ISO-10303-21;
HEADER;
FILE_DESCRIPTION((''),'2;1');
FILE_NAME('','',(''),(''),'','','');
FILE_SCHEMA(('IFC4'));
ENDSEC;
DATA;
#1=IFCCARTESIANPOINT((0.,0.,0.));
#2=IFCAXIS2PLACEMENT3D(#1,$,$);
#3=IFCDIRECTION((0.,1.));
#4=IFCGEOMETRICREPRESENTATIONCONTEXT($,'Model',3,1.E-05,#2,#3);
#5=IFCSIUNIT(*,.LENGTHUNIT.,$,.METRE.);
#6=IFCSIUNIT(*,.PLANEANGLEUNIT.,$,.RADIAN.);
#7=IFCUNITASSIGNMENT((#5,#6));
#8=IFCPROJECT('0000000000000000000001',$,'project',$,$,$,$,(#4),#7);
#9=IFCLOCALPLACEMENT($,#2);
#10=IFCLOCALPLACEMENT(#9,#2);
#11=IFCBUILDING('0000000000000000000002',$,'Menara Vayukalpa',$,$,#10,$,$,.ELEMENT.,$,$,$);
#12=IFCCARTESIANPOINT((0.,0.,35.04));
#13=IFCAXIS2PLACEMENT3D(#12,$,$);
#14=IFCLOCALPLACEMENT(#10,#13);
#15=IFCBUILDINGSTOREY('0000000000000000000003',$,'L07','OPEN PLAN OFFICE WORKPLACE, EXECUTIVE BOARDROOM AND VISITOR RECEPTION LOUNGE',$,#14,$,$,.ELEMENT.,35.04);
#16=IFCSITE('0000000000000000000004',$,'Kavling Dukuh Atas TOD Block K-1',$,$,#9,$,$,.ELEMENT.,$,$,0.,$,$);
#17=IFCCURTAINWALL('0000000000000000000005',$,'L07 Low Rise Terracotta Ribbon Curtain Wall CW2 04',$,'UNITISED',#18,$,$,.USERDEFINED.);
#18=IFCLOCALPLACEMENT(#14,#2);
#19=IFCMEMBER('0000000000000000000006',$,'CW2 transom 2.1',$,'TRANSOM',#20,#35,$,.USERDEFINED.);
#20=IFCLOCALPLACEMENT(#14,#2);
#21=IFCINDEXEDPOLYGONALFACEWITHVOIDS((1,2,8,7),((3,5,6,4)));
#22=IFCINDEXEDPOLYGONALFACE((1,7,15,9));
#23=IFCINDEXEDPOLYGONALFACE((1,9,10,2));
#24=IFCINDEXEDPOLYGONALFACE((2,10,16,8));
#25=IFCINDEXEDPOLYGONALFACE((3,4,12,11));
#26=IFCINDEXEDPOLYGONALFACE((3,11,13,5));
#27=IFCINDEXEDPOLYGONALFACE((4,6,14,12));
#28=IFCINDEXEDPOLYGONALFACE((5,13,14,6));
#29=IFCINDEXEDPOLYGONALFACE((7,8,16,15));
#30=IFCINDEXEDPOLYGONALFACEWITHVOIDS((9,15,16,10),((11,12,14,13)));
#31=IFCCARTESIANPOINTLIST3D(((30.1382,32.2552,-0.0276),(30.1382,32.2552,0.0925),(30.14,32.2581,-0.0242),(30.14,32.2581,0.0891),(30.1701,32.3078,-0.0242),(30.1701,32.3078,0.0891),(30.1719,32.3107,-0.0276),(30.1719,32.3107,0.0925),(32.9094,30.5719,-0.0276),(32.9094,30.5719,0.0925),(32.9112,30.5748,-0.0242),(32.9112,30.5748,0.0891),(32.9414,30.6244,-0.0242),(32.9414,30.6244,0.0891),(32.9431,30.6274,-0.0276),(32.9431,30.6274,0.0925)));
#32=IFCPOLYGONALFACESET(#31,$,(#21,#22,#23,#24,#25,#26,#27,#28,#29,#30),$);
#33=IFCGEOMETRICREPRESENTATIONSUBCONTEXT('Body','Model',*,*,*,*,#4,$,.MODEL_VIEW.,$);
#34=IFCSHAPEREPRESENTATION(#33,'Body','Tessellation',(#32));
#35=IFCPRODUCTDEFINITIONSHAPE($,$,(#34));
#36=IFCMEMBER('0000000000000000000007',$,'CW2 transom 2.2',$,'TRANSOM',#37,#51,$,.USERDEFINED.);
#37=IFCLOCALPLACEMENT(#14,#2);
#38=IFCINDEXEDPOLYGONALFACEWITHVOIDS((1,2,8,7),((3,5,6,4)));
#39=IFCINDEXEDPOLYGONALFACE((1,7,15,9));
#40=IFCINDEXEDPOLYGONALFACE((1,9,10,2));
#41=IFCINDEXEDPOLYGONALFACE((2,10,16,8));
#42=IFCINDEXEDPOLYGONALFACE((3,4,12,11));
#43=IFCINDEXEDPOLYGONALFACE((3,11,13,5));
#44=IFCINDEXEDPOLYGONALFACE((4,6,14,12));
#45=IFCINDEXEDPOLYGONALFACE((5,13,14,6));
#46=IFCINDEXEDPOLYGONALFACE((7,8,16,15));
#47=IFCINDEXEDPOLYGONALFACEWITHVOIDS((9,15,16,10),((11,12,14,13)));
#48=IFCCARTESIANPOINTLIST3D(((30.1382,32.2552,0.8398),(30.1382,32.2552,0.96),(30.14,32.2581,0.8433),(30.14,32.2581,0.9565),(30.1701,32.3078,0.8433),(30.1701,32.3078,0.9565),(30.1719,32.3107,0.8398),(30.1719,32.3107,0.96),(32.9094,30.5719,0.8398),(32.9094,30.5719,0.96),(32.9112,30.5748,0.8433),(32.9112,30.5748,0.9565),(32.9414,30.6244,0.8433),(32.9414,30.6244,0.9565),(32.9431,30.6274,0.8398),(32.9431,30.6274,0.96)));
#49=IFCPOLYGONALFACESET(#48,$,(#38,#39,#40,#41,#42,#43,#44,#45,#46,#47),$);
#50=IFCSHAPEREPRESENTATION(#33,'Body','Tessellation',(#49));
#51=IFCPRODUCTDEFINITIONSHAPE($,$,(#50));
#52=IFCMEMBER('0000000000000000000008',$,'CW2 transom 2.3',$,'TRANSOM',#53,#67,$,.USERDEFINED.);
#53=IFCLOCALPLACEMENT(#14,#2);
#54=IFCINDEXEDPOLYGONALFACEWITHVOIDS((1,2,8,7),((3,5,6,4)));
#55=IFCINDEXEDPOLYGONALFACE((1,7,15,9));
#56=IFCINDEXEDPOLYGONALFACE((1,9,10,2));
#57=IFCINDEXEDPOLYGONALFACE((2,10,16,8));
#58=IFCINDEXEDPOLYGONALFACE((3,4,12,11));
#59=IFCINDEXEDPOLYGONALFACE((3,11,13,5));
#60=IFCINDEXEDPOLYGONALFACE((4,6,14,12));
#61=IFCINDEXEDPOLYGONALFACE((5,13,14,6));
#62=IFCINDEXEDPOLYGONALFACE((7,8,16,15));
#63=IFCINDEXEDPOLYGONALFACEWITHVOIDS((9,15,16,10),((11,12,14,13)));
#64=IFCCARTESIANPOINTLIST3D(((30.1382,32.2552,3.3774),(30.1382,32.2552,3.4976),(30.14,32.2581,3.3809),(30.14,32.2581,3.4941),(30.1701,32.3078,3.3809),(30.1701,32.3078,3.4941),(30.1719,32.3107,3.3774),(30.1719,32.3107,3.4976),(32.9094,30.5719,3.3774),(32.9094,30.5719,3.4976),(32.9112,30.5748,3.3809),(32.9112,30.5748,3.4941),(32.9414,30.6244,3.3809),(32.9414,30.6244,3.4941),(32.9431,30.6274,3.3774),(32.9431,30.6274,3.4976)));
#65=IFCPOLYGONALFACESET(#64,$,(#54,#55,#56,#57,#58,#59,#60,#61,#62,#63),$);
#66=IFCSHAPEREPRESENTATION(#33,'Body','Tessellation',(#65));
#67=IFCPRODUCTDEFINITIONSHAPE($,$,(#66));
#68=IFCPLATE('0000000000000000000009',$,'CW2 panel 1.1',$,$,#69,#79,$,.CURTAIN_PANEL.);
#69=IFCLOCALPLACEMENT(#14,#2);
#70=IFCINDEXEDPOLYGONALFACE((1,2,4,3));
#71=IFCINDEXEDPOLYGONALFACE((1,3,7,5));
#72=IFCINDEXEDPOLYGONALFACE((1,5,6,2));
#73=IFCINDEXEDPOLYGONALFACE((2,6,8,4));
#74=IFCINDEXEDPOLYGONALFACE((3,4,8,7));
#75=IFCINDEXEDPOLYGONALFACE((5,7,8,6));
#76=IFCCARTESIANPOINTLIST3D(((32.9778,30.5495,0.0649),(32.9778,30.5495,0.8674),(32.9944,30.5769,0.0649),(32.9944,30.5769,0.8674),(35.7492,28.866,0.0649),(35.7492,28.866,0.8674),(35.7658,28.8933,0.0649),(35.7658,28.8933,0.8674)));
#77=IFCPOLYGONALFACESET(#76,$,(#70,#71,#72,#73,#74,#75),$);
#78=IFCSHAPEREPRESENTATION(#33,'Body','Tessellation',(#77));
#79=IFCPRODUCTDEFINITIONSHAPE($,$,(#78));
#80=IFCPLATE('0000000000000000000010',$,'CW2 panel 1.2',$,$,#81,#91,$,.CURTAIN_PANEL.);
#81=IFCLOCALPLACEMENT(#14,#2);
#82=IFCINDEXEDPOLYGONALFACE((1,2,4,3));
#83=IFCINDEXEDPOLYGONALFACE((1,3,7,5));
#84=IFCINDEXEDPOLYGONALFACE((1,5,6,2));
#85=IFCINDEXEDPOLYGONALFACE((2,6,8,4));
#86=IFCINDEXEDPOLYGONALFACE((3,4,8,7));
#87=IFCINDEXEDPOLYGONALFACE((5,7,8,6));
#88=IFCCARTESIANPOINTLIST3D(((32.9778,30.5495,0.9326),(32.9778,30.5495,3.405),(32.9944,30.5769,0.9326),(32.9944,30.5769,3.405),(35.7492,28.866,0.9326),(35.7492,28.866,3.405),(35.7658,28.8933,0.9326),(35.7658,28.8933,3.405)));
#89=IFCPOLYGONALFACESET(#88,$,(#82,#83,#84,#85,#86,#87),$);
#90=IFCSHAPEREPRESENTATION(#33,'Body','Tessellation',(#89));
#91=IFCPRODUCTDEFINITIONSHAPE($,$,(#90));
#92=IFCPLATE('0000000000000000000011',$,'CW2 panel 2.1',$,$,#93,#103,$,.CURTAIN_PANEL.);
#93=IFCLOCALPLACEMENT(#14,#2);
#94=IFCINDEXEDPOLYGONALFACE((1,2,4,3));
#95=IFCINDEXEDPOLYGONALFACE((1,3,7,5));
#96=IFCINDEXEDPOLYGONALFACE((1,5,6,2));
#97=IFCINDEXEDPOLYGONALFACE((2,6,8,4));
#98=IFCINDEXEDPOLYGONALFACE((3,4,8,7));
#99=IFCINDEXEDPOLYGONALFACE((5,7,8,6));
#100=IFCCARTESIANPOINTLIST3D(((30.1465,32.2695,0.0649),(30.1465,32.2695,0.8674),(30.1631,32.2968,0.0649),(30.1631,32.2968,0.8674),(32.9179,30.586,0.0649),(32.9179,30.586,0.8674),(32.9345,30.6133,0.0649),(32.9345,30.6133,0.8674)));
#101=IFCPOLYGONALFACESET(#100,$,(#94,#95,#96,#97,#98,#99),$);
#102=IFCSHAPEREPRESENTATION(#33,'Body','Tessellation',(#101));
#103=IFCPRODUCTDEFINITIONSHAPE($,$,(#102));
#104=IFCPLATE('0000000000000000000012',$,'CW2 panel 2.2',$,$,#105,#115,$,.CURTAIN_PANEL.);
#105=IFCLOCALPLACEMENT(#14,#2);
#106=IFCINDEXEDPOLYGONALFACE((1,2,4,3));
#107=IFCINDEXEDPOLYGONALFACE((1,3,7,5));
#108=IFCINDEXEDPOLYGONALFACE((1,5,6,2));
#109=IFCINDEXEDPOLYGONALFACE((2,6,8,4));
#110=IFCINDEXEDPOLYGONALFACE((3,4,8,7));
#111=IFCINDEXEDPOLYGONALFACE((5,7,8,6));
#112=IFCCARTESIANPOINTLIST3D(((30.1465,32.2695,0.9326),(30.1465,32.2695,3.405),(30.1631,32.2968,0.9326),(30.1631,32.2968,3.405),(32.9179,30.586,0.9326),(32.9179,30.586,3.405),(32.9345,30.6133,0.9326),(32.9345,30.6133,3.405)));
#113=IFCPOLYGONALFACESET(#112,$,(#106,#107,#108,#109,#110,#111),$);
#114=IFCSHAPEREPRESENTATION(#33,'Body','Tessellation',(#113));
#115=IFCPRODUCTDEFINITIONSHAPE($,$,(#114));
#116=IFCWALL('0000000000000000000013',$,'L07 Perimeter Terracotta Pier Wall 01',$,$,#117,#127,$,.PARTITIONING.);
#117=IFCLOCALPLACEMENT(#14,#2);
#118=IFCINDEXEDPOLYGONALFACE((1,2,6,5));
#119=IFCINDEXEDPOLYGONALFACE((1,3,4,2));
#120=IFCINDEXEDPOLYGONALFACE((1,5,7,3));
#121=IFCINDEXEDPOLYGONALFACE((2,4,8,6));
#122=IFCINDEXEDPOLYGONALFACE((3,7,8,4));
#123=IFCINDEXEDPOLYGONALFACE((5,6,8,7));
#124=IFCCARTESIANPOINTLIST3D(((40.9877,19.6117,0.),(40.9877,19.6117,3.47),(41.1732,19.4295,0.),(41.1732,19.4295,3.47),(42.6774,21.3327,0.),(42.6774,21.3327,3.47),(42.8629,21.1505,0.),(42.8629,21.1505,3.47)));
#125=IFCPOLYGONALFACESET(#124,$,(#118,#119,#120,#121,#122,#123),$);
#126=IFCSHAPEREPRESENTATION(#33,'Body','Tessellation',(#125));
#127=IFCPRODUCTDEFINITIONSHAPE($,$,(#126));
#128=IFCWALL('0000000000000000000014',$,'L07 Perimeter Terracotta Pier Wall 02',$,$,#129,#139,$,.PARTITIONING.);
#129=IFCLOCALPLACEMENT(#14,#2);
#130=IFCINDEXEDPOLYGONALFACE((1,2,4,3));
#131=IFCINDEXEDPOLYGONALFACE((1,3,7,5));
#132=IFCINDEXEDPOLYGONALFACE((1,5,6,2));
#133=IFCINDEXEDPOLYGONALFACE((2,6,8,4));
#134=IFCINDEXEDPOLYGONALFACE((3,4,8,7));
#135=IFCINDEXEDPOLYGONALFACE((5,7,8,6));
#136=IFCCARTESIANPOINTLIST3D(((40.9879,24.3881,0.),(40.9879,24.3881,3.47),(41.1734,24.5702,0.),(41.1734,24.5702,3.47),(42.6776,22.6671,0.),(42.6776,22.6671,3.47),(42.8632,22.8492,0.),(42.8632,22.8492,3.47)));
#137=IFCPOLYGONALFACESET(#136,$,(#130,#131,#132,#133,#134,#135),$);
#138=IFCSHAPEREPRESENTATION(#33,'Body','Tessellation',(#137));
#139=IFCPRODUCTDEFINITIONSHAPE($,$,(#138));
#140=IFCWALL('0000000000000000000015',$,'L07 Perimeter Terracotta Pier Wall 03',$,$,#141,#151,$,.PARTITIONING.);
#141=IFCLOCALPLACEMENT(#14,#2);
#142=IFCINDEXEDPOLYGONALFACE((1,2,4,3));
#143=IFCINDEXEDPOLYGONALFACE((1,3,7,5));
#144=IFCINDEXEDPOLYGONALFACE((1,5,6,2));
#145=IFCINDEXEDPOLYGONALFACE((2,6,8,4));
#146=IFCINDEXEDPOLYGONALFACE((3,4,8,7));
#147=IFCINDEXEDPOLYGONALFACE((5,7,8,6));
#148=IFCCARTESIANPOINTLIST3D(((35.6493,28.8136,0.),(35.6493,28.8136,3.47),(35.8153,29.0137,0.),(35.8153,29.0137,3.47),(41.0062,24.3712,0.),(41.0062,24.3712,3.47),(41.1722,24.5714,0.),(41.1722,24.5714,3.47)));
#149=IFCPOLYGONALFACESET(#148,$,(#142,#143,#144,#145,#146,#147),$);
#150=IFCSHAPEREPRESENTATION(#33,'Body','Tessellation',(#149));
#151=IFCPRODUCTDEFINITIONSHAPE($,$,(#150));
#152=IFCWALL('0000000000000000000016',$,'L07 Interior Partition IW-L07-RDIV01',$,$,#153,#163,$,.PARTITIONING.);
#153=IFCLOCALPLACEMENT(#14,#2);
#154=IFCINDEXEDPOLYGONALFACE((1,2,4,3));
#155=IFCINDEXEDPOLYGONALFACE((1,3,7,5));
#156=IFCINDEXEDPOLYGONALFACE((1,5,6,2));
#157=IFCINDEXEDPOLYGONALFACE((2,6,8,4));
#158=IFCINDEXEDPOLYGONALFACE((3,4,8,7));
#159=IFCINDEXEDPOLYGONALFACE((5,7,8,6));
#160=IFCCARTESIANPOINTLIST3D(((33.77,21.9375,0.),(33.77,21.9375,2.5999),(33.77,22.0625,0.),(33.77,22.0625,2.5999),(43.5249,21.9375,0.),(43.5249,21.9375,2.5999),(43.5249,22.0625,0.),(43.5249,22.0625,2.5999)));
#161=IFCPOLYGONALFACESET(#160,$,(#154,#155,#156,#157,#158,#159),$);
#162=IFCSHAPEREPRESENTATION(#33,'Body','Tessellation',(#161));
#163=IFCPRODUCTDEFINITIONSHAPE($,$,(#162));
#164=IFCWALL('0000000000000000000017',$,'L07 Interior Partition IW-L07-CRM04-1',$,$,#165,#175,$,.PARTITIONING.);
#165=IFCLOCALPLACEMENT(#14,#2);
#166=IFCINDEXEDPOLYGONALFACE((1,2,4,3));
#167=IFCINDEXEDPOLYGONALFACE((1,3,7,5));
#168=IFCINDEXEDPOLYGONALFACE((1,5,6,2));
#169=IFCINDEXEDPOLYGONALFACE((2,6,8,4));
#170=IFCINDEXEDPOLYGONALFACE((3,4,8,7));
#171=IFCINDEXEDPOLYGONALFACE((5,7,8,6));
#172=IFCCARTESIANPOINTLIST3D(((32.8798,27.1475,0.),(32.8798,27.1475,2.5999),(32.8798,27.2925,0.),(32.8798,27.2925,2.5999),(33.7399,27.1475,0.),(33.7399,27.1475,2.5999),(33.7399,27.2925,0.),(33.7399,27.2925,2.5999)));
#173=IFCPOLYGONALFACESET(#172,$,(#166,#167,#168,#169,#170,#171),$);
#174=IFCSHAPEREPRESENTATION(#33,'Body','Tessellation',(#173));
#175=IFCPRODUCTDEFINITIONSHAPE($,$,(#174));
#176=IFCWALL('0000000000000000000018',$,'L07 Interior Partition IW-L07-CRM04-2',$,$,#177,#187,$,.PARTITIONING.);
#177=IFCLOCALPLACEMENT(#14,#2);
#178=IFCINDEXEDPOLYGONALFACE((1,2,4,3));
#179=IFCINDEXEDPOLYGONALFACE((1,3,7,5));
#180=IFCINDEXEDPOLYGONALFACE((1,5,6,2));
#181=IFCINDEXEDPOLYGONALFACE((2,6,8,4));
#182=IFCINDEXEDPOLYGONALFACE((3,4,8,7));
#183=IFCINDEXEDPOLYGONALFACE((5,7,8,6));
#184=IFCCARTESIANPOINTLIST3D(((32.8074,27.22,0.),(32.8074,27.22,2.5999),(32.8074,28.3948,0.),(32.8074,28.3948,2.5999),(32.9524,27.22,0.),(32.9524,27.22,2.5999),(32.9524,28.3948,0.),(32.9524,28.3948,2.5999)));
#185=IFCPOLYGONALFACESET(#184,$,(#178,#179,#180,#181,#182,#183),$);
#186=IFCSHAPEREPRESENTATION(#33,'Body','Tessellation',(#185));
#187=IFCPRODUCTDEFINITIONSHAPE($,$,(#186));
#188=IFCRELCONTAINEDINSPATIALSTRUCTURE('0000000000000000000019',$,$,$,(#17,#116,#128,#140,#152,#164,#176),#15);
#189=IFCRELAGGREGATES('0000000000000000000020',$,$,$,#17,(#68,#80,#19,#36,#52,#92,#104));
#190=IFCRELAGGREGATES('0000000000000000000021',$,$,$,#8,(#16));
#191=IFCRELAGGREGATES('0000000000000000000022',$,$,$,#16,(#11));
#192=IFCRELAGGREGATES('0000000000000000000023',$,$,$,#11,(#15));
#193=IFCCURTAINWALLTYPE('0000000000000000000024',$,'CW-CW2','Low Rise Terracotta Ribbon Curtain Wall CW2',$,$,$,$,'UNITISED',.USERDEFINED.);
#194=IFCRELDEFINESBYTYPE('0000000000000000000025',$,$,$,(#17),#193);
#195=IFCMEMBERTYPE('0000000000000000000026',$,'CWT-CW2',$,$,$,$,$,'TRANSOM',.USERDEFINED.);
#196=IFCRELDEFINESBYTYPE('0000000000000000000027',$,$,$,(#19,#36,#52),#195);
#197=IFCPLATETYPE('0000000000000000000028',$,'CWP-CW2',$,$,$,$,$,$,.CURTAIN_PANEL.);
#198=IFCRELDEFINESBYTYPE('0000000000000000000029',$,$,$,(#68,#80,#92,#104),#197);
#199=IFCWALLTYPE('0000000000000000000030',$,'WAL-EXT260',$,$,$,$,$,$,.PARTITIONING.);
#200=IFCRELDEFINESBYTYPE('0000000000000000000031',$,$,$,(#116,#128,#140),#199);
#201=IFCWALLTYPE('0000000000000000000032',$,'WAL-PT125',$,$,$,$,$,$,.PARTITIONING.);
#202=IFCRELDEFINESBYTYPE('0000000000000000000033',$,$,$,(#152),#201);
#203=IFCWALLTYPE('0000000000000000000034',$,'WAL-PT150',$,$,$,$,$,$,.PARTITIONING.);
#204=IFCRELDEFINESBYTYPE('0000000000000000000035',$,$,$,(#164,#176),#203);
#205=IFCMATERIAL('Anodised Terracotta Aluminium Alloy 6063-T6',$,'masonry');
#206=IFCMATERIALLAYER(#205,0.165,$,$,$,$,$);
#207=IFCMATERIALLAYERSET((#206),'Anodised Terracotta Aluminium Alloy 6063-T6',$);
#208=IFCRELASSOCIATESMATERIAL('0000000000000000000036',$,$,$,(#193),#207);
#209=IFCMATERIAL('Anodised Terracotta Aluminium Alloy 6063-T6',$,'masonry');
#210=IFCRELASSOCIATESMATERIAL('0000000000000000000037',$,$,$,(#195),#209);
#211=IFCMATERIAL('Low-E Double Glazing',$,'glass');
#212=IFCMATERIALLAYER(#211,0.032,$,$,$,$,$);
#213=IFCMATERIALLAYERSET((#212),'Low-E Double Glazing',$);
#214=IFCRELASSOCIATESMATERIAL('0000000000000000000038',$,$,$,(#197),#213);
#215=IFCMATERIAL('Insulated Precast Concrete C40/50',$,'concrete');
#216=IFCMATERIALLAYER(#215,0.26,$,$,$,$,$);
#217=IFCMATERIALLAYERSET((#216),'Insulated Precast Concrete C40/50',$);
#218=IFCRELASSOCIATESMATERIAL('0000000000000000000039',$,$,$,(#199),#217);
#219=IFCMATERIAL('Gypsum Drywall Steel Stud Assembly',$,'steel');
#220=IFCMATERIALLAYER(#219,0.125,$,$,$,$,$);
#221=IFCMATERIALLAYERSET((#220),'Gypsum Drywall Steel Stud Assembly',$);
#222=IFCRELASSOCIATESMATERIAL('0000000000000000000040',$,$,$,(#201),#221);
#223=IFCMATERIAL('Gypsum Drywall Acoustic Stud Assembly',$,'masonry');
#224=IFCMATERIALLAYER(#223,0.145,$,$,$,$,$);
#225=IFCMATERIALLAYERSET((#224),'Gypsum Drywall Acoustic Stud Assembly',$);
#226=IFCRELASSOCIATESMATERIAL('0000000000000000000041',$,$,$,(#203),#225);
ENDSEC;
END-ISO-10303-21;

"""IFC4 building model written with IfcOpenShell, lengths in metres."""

from ifc_helpers import new_model, si_unit, direction, frame, frame_2d, origin, origin_2d, place, context, subcontext, project, spatial, rectangle, hollow_rectangle, extrude, material, layer, layer_set, material_profile, profile_set, type_object, element, aggregate, save


model = new_model("IFC4")

# Units and contexts
model_context = context("Model", 3, precision=1e-05, world=origin(), true_north=direction((0.0, 1.0)))
body_context = subcontext(model_context, "Body", "Model", "MODEL_VIEW")
ifc_project = project(units=[si_unit("LENGTHUNIT", "METRE"), si_unit("PLANEANGLEUNIT", "RADIAN")], contexts=[model_context])

# Site, building, storey
site_placement = place(None, origin())
site = spatial("IfcSite", under=ifc_project, at=site_placement, Name="Kavling Dukuh Atas TOD Block K-1", CompositionType="ELEMENT", RefElevation=0.0)
building_placement = place(site_placement, origin())
building = spatial("IfcBuilding", under=site, at=building_placement, Name="Menara Vayukalpa", CompositionType="ELEMENT")
storey_placement = place(building_placement, frame((0.0, 0.0, 35.04)))
storey = spatial("IfcBuildingStorey", under=building, at=storey_placement, Name="L07", Description="OPEN PLAN OFFICE WORKPLACE, EXECUTIVE BOARDROOM AND VISITOR RECEPTION LOUNGE", CompositionType="ELEMENT", Elevation=35.04)

# Curtain wall, members, plates
ifc_material_1 = material(Name="Anodised Terracotta Aluminium Alloy 6063-T6", Category="masonry")
ifc_layer_1 = layer(ifc_material_1, 0.165)
ifc_layer_set_1 = layer_set([ifc_layer_1], Name="Anodised Terracotta Aluminium Alloy 6063-T6")
curtain_wall_type = type_object("IfcCurtainWallType", Name="CW-CW2", Description="Low Rise Terracotta Ribbon Curtain Wall CW2", ElementType="UNITISED", PredefinedType="USERDEFINED", material=ifc_layer_set_1)
curtain_wall_placement = place(storey_placement, origin())
curtain_wall = element("IfcCurtainWall", 1, at=curtain_wall_placement, inside=storey, type_object=curtain_wall_type, Name="L07 Low Rise Terracotta Ribbon Curtain Wall CW2 04", ObjectType="UNITISED", PredefinedType="USERDEFINED")
ifc_material_2 = material(Name="Anodised Terracotta Aluminium Alloy 6063-T6", Category="masonry")
ifc_material_profile_1 = material_profile(ifc_material_2, hollow_rectangle(XDim=0.0649, YDim=0.1201, WallThickness=0.0034, at=origin_2d()), Name="ALU 65x120x3.5")
ifc_profile_set_1 = profile_set([ifc_material_profile_1], Name="Anodised Terracotta Aluminium Alloy 6063-T6")
member_type_1 = type_object("IfcMemberType", Name="CWT-CW2", ElementType="TRANSOM", PredefinedType="USERDEFINED", material=ifc_profile_set_1)
member_1_placement = place(storey_placement, frame((32.9263, 30.5996, 0.0325), z_axis=(-0.854677, 0.519161, 0.0), x_axis=(-0.519161, -0.854677, 0.0)))
member_1 = element("IfcMember", 2, at=member_1_placement, type_object=member_type_1, Name="CW2 transom 2.1", ObjectType="TRANSOM", PredefinedType="USERDEFINED", context=body_context, shape_type="SweptSolid", body=[
    extrude(hollow_rectangle(XDim=0.0649, YDim=0.1201, WallThickness=0.0034, at=origin_2d()), origin(), (0.0, 0.0, 1.0), 3.2424),
])
member_2_placement = place(storey_placement, frame((32.9263, 30.5996, 0.8999), z_axis=(-0.854677, 0.519161, 0.0), x_axis=(-0.519161, -0.854677, 0.0)))
member_2 = element("IfcMember", 3, at=member_2_placement, type_object=member_type_1, Name="CW2 transom 2.2", ObjectType="TRANSOM", PredefinedType="USERDEFINED", context=body_context, shape_type="SweptSolid", body=[
    extrude(hollow_rectangle(XDim=0.0649, YDim=0.1201, WallThickness=0.0034, at=origin_2d()), origin(), (0.0, 0.0, 1.0), 3.2424),
])
member_3_placement = place(storey_placement, frame((32.9263, 30.5996, 3.4375), z_axis=(-0.854677, 0.519161, 0.0), x_axis=(-0.519161, -0.854677, 0.0)))
member_3 = element("IfcMember", 4, at=member_3_placement, type_object=member_type_1, Name="CW2 transom 2.3", ObjectType="TRANSOM", PredefinedType="USERDEFINED", context=body_context, shape_type="SweptSolid", body=[
    extrude(hollow_rectangle(XDim=0.0649, YDim=0.1201, WallThickness=0.0034, at=origin_2d()), origin(), (0.0, 0.0, 1.0), 3.2424),
])
ifc_material_3 = material(Name="Low-E Double Glazing", Category="glass")
ifc_layer_2 = layer(ifc_material_3, 0.032)
ifc_layer_set_2 = layer_set([ifc_layer_2], Name="Low-E Double Glazing")
plate_type = type_object("IfcPlateType", Name="CWP-CW2", PredefinedType="CURTAIN_PANEL", material=ifc_layer_set_2)
plate_1_placement = place(storey_placement, frame((34.3718, 29.7214, 0.0649), z_axis=(0.0, 0.0, 1.0), x_axis=(-0.854664, 0.519182, 0.0)))
plate_1 = element("IfcPlate", 5, at=plate_1_placement, type_object=plate_type, Name="CW2 panel 1.1", PredefinedType="CURTAIN_PANEL", context=body_context, shape_type="SweptSolid", body=[
    extrude(rectangle(XDim=3.2427, YDim=0.032, at=origin_2d()), origin(), (0.0, 0.0, 1.0), 0.8025),
])
plate_2_placement = place(storey_placement, frame((34.3718, 29.7214, 0.9326), z_axis=(0.0, 0.0, 1.0), x_axis=(-0.854664, 0.519182, 0.0)))
plate_2 = element("IfcPlate", 6, at=plate_2_placement, type_object=plate_type, Name="CW2 panel 1.2", PredefinedType="CURTAIN_PANEL", context=body_context, shape_type="SweptSolid", body=[
    extrude(rectangle(XDim=3.2427, YDim=0.032, at=origin_2d()), origin(), (0.0, 0.0, 1.0), 2.4724),
])
plate_3_placement = place(storey_placement, frame((31.5405, 31.4414, 0.0649), z_axis=(0.0, 0.0, 1.0), x_axis=(-0.854664, 0.519182, 0.0)))
plate_3 = element("IfcPlate", 7, at=plate_3_placement, type_object=plate_type, Name="CW2 panel 2.1", PredefinedType="CURTAIN_PANEL", context=body_context, shape_type="SweptSolid", body=[
    extrude(rectangle(XDim=3.2427, YDim=0.032, at=origin_2d()), origin(), (0.0, 0.0, 1.0), 0.8025),
])
plate_4_placement = place(storey_placement, frame((31.5405, 31.4414, 0.9326), z_axis=(0.0, 0.0, 1.0), x_axis=(-0.854664, 0.519182, 0.0)))
plate_4 = element("IfcPlate", 8, at=plate_4_placement, type_object=plate_type, Name="CW2 panel 2.2", PredefinedType="CURTAIN_PANEL", context=body_context, shape_type="SweptSolid", body=[
    extrude(rectangle(XDim=3.2427, YDim=0.032, at=origin_2d()), origin(), (0.0, 0.0, 1.0), 2.4724),
])
aggregate(curtain_wall, [plate_1, plate_2, member_1, member_2, member_3, plate_3, plate_4])

# Walls
ifc_material_4 = material(Name="Insulated Precast Concrete C40/50", Category="concrete")
ifc_layer_3 = layer(ifc_material_4, 0.26)
ifc_layer_set_3 = layer_set([ifc_layer_3], Name="Insulated Precast Concrete C40/50")
wall_type_1 = type_object("IfcWallType", Name="WAL-EXT260", PredefinedType="PARTITIONING", material=ifc_layer_set_3)
for number, where, z_axis, x_axis, name in (
    (9, (42.7703, 21.2417, 0.0), (0.0, 0.0, 1.0), (-0.700599, -0.713556, 0.0), "L07 Perimeter Terracotta Pier Wall 01"),
    (10, (41.0806, 24.4792, 0.0), (0.0, 0.0, 1.0), (0.700599, -0.713556, 0.0), "L07 Perimeter Terracotta Pier Wall 02"),
):
    element("IfcWall", number, at=place(storey_placement, frame(where, z_axis=z_axis, x_axis=x_axis)), inside=storey, type_object=wall_type_1, Name=name, PredefinedType="PARTITIONING", context=body_context, shape_type="SweptSolid", body=[
        extrude(rectangle(XDim=2.4119, YDim=0.26, at=frame_2d((1.2061, 0.0))), origin(), (0.0, 0.0, 1.0), 3.47),
    ])
wall_1_placement = place(storey_placement, frame((35.7324, 28.9136, 0.0), z_axis=(0.0, 0.0, 1.0), x_axis=(0.769755, -0.63834, 0.0)))
element("IfcWall", 11, at=wall_1_placement, inside=storey, type_object=wall_type_1, Name="L07 Perimeter Terracotta Pier Wall 03", PredefinedType="PARTITIONING", context=body_context, shape_type="SweptSolid", body=[
    extrude(rectangle(XDim=6.9592, YDim=0.26, at=frame_2d((3.4795, 0.0))), origin(), (0.0, 0.0, 1.0), 3.47),
])
ifc_material_5 = material(Name="Gypsum Drywall Steel Stud Assembly", Category="steel")
ifc_layer_4 = layer(ifc_material_5, 0.125)
ifc_layer_set_4 = layer_set([ifc_layer_4], Name="Gypsum Drywall Steel Stud Assembly")
wall_type_2 = type_object("IfcWallType", Name="WAL-PT125", PredefinedType="PARTITIONING", material=ifc_layer_set_4)
wall_2_placement = place(storey_placement, frame((33.77, 22.0, 0.0), z_axis=(0.0, 0.0, 1.0), x_axis=(1.0, 0.0, 0.0)))
element("IfcWall", 12, at=wall_2_placement, inside=storey, type_object=wall_type_2, Name="L07 Interior Partition IW-L07-RDIV01", PredefinedType="PARTITIONING", context=body_context, shape_type="SweptSolid", body=[
    extrude(rectangle(XDim=9.7549, YDim=0.125, at=frame_2d((4.8774, 0.0))), origin(), (0.0, 0.0, 1.0), 2.5999),
])
ifc_material_6 = material(Name="Gypsum Drywall Acoustic Stud Assembly", Category="masonry")
ifc_layer_5 = layer(ifc_material_6, 0.145)
ifc_layer_set_5 = layer_set([ifc_layer_5], Name="Gypsum Drywall Acoustic Stud Assembly")
wall_type_3 = type_object("IfcWallType", Name="WAL-PT150", PredefinedType="PARTITIONING", material=ifc_layer_set_5)
wall_3_placement = place(storey_placement, frame((33.74, 27.22, 0.0), z_axis=(0.0, 0.0, 1.0), x_axis=(-1.0, 0.0, 0.0)))
element("IfcWall", 13, at=wall_3_placement, inside=storey, type_object=wall_type_3, Name="L07 Interior Partition IW-L07-CRM04-1", PredefinedType="PARTITIONING", context=body_context, shape_type="SweptSolid", body=[
    extrude(rectangle(XDim=0.8601, YDim=0.145, at=frame_2d((0.4302, 0.0))), origin(), (0.0, 0.0, 1.0), 2.5999),
])
wall_4_placement = place(storey_placement, frame((32.8799, 27.22, 0.0), z_axis=(0.0, 0.0, 1.0), x_axis=(0.0, 1.0, 0.0)))
element("IfcWall", 14, at=wall_4_placement, inside=storey, type_object=wall_type_3, Name="L07 Interior Partition IW-L07-CRM04-2", PredefinedType="PARTITIONING", context=body_context, shape_type="SweptSolid", body=[
    extrude(rectangle(XDim=1.1748, YDim=0.145, at=frame_2d((0.5874, 0.0))), origin(), (0.0, 0.0, 1.0), 2.5999),
])

save(model, "model.ifc")
